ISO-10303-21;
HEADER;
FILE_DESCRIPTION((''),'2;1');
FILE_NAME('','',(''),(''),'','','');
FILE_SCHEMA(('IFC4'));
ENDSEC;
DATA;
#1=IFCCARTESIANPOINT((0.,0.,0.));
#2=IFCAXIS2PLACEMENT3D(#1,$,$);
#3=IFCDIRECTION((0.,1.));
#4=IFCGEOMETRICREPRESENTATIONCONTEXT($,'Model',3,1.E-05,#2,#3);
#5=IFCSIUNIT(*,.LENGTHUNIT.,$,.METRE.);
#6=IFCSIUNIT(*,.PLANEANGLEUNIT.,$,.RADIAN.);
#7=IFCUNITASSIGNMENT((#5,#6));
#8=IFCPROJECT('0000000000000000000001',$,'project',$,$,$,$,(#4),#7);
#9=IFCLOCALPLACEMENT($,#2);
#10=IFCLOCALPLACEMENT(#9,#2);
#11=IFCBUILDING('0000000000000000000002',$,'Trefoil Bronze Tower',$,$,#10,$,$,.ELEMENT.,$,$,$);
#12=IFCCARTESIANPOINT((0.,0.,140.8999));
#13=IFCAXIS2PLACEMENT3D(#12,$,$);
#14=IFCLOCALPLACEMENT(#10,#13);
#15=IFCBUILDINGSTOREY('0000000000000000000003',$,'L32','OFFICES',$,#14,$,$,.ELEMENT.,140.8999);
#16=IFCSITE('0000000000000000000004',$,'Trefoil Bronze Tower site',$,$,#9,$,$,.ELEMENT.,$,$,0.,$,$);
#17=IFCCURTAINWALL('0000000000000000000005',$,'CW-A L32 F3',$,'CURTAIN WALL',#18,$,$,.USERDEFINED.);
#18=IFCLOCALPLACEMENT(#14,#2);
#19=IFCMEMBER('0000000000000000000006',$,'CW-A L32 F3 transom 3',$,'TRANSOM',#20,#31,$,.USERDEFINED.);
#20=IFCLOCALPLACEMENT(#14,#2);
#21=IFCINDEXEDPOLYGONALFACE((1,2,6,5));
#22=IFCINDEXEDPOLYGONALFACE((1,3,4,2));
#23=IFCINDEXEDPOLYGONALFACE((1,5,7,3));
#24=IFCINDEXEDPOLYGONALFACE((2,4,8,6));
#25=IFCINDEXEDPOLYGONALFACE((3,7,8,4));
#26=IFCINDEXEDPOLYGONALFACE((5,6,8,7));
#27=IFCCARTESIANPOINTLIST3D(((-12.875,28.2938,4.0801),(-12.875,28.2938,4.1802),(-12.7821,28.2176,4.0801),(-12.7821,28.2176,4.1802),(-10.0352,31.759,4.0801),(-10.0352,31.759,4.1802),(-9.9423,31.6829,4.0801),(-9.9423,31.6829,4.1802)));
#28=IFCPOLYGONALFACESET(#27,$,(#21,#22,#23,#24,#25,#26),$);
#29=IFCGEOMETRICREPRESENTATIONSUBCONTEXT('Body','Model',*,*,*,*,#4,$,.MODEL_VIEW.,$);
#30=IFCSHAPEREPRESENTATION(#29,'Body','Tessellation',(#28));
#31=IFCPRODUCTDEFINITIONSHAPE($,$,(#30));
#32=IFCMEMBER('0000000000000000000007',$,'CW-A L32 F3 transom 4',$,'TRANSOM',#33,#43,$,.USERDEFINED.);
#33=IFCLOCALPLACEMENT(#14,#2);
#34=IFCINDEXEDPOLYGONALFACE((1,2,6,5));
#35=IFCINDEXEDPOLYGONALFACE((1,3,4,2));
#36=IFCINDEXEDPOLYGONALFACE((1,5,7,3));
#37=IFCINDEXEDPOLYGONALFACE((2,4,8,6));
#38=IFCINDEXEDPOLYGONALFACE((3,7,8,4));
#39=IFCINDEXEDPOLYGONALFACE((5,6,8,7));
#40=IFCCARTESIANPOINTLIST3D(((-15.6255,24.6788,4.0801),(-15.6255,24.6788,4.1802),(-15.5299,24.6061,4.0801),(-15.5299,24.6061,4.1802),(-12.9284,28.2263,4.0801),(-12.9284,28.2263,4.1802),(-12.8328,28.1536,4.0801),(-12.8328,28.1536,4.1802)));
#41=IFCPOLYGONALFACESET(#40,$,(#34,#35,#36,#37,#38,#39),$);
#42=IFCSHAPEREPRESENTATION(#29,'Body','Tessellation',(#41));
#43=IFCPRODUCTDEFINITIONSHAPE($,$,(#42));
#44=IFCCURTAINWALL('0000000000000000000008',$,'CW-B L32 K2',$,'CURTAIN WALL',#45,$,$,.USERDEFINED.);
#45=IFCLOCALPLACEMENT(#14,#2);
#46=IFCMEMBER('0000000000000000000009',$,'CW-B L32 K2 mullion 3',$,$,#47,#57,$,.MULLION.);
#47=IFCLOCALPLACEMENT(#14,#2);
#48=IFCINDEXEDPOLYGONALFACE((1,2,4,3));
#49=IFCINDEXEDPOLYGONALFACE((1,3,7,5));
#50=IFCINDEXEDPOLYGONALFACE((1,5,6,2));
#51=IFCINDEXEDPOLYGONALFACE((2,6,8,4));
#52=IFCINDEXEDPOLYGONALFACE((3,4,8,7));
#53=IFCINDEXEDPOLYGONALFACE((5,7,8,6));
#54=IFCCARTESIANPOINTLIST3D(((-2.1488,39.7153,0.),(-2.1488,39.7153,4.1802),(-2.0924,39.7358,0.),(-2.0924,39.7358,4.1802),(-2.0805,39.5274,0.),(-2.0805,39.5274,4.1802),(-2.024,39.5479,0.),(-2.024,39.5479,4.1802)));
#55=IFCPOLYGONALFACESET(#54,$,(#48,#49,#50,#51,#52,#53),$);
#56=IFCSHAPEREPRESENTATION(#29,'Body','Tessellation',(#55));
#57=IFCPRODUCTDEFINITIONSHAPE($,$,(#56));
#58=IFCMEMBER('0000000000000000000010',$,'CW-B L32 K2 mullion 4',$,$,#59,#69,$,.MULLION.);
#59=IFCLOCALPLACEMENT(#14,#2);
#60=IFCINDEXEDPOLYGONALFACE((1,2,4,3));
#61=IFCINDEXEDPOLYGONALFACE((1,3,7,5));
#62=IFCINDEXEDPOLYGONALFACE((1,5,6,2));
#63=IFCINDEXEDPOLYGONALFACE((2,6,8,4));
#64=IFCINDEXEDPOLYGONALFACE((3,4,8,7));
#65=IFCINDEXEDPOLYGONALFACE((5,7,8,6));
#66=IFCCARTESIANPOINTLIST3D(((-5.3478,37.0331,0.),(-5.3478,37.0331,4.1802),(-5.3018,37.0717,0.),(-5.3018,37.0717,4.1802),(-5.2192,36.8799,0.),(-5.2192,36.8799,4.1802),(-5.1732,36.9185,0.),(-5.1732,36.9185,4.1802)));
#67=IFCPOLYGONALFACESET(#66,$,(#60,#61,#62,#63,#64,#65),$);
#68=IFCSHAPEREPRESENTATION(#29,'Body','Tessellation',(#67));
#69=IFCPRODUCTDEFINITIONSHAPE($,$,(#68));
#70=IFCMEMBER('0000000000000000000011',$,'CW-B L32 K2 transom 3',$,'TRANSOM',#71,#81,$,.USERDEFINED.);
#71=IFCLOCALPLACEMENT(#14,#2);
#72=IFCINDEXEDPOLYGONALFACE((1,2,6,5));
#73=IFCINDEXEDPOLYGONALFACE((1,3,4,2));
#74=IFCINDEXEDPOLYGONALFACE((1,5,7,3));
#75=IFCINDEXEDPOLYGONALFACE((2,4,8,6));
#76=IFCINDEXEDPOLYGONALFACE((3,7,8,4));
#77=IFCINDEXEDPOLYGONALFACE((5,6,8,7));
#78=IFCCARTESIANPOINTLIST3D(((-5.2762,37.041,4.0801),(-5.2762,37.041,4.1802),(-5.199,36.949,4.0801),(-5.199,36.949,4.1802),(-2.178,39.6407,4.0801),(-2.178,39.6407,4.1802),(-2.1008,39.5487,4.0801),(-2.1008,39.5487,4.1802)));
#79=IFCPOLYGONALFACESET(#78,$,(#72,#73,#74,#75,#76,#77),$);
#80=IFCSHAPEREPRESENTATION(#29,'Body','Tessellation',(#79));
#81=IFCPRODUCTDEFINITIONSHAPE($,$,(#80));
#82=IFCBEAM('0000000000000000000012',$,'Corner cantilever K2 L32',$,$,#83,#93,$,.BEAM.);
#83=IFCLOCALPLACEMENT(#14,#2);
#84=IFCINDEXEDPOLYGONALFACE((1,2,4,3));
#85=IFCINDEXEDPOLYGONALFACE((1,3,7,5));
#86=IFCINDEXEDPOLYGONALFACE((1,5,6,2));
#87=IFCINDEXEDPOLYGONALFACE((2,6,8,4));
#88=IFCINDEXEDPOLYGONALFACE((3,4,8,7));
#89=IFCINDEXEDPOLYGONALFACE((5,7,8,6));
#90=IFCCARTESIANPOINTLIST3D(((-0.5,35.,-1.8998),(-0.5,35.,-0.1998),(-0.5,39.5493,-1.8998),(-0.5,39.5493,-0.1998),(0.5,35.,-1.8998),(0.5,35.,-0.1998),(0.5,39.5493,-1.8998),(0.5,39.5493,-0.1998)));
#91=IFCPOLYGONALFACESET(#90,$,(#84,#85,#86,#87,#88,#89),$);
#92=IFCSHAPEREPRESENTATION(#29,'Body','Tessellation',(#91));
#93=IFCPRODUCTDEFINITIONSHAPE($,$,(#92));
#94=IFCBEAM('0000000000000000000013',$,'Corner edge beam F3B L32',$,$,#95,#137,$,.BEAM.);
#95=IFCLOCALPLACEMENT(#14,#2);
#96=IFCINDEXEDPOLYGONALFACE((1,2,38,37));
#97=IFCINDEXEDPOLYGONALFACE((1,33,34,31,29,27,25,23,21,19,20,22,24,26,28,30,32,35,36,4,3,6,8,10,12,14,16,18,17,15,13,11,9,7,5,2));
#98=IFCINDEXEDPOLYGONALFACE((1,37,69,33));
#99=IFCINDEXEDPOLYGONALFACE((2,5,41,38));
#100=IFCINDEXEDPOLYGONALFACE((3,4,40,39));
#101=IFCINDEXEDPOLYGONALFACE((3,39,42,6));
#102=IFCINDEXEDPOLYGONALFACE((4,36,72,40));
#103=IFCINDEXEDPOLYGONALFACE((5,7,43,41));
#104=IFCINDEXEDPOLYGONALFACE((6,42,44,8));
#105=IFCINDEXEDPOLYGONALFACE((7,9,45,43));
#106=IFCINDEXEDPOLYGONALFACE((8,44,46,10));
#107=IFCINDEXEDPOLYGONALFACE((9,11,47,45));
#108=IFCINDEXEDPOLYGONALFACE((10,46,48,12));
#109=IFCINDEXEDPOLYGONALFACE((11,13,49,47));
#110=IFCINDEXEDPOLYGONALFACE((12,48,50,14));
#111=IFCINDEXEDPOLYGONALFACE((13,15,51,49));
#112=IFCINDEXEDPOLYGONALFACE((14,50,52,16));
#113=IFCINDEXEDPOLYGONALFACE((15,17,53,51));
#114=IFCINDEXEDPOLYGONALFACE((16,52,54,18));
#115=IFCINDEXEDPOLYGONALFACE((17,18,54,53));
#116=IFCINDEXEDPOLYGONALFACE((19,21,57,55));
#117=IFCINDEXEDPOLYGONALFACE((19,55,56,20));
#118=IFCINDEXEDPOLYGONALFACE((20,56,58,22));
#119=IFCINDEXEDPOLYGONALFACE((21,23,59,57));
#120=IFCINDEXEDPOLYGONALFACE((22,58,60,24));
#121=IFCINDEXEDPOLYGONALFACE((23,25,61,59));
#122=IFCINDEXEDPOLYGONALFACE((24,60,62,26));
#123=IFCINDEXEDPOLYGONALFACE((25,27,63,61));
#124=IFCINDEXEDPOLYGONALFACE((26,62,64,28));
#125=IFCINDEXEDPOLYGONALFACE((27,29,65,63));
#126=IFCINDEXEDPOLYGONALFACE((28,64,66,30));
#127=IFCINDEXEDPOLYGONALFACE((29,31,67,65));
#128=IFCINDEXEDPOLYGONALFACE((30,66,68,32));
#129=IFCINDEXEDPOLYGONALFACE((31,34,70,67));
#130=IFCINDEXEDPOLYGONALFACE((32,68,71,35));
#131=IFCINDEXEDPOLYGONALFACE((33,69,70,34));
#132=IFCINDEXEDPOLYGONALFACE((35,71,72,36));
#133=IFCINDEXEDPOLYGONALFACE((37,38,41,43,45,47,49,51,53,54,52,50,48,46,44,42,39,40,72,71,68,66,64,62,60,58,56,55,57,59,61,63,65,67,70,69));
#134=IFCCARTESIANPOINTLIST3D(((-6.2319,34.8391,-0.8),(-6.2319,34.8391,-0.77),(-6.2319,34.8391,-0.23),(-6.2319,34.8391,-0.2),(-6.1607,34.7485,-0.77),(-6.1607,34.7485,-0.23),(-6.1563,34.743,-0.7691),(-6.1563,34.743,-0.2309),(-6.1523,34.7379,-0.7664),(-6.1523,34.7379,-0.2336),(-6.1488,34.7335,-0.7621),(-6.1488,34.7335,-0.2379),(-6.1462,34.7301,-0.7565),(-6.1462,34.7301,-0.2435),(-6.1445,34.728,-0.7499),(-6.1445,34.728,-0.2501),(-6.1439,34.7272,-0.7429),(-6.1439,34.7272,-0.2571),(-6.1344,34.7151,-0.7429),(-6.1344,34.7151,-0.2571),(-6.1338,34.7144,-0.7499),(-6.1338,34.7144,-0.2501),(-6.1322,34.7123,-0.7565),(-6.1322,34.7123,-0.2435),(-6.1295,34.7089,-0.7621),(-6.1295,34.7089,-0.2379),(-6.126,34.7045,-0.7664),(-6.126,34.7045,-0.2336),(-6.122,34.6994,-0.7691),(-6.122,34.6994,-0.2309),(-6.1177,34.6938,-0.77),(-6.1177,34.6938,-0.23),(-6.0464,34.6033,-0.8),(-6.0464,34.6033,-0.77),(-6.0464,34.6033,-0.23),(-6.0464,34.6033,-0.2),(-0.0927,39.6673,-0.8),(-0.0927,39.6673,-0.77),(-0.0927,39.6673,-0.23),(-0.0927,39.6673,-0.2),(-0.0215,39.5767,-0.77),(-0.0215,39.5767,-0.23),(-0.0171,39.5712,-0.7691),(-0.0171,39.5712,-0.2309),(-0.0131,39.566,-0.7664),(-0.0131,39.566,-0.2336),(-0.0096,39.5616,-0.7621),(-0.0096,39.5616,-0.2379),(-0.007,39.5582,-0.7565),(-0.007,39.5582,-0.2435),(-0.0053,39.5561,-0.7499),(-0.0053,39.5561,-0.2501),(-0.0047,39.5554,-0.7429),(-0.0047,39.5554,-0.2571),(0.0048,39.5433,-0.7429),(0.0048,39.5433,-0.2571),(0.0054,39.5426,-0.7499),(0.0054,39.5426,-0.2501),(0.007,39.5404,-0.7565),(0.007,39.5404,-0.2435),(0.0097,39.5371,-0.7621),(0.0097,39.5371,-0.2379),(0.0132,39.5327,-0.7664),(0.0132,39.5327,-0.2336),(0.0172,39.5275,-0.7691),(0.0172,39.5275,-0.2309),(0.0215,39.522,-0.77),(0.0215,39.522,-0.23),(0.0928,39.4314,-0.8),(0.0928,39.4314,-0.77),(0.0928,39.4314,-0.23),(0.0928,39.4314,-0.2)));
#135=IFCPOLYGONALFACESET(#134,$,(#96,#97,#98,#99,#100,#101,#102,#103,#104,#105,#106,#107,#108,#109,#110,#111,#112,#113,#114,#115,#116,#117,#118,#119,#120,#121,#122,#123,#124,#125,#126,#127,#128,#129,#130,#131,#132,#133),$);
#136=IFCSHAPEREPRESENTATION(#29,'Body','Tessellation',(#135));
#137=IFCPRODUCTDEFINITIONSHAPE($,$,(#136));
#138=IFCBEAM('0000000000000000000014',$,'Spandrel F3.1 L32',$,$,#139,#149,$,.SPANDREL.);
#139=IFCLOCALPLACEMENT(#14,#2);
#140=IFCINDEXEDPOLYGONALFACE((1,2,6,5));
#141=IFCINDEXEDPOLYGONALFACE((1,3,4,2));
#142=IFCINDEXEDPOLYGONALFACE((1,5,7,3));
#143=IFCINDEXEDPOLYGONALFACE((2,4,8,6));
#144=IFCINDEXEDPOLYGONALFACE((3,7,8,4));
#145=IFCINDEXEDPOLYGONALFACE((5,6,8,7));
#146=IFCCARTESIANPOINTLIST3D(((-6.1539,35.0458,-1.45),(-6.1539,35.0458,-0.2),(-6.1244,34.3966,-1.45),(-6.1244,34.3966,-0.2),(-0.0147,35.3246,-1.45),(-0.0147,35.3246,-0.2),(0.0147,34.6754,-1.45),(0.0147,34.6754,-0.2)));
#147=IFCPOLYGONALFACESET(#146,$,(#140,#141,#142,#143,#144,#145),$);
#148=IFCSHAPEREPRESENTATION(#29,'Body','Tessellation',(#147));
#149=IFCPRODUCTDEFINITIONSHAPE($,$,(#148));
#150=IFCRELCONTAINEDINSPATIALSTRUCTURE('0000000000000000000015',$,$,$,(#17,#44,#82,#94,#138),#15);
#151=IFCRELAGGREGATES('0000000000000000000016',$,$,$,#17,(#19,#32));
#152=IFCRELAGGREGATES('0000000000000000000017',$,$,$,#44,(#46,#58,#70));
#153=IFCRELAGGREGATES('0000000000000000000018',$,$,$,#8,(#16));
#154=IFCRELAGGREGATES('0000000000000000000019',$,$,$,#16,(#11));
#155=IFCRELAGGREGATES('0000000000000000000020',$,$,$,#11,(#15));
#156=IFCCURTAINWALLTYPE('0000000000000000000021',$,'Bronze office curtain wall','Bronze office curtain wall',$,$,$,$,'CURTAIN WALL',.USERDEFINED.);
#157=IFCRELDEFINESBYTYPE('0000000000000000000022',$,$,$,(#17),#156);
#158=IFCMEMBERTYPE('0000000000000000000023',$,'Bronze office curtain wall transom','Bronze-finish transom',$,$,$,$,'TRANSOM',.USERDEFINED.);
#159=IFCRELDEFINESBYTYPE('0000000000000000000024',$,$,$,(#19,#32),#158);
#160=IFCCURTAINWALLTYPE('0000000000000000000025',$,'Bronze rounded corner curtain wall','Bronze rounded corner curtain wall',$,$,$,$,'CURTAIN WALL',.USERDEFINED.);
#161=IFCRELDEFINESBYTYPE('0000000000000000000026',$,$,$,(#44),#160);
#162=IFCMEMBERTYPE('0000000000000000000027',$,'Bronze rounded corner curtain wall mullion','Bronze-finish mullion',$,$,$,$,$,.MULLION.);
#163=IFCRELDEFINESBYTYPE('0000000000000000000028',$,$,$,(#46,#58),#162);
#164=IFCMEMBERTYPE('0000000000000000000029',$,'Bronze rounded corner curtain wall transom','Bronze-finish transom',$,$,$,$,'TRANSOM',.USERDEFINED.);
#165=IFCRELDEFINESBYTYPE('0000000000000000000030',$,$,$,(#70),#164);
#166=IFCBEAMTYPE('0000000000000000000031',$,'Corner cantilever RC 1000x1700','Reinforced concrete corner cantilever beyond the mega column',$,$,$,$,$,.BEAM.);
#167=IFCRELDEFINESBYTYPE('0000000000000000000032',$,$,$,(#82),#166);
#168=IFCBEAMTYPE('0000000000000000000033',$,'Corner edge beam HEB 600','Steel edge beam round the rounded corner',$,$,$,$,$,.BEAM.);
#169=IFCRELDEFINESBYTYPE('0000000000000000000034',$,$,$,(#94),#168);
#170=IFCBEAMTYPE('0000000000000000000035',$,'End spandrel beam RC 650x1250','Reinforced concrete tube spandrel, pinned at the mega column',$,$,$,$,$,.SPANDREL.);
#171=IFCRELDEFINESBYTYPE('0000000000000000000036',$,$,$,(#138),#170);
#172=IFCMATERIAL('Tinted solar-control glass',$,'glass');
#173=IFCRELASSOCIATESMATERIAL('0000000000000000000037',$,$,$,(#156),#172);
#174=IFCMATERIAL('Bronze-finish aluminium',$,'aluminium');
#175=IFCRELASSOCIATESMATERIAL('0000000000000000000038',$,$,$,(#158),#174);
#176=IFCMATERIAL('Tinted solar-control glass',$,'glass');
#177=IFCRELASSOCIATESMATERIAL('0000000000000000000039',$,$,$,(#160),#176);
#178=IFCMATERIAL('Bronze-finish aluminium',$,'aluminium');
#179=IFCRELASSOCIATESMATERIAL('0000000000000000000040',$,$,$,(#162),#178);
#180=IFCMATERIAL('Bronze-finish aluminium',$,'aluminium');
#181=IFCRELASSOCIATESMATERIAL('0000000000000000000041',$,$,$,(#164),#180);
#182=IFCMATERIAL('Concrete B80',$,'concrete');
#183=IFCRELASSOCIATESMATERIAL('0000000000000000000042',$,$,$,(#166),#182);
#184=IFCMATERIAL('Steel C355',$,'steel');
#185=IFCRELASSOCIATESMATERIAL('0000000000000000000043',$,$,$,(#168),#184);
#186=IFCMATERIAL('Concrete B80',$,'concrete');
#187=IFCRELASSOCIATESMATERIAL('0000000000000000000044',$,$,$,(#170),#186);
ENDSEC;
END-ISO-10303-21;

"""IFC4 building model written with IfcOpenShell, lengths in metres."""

from ifc_helpers import new_model, si_unit, direction, frame, origin, origin_2d, place, context, subcontext, project, spatial, rectangle, i_section, extrude, material, material_profile, profile_set, type_object, element, aggregate, save


model = new_model("IFC4")

# Units and contexts
model_context = context("Model", 3, precision=1e-05, world=origin(), true_north=direction((0.0, 1.0)))
body_context = subcontext(model_context, "Body", "Model", "MODEL_VIEW")
ifc_project = project(units=[si_unit("LENGTHUNIT", "METRE"), si_unit("PLANEANGLEUNIT", "RADIAN")], contexts=[model_context])

# Site, building, storey
site_placement = place(None, origin())
site = spatial("IfcSite", under=ifc_project, at=site_placement, Name="Trefoil Bronze Tower site", CompositionType="ELEMENT", RefElevation=0.0)
building_placement = place(site_placement, origin())
building = spatial("IfcBuilding", under=site, at=building_placement, Name="Trefoil Bronze Tower", CompositionType="ELEMENT")
storey_placement = place(building_placement, frame((0.0, 0.0, 140.8999)))
storey = spatial("IfcBuildingStorey", under=building, at=storey_placement, Name="L32", Description="OFFICES", CompositionType="ELEMENT", Elevation=140.8999)

# Curtain walls, members
ifc_material_1 = material(Name="Tinted solar-control glass", Category="glass")
curtain_wall_type_1 = type_object("IfcCurtainWallType", Name="Bronze office curtain wall", Description="Bronze office curtain wall", ElementType="CURTAIN WALL", PredefinedType="USERDEFINED", material=ifc_material_1)
curtain_wall_1_placement = place(storey_placement, origin())
curtain_wall_1 = element("IfcCurtainWall", 1, at=curtain_wall_1_placement, inside=storey, type_object=curtain_wall_type_1, Name="CW-A L32 F3", ObjectType="CURTAIN WALL", PredefinedType="USERDEFINED")
ifc_material_2 = material(Name="Bronze-finish aluminium", Category="aluminium")
ifc_material_profile_1 = material_profile(ifc_material_2, rectangle(XDim=0.1201, YDim=0.1001, at=origin_2d()), Name="CW-A transom")
ifc_profile_set_1 = profile_set([ifc_material_profile_1], Name="Bronze-finish aluminium")
member_type_1 = type_object("IfcMemberType", Name="Bronze office curtain wall transom", Description="Bronze-finish transom", ElementType="TRANSOM", PredefinedType="USERDEFINED", material=ifc_profile_set_1)
member_1_placement = place(storey_placement, frame((-9.9888, 31.7209, 4.1301), z_axis=(-0.633849, -0.773457, 0.0), x_axis=(0.773457, -0.633849, 0.0)))
member_1 = element("IfcMember", 2, at=member_1_placement, type_object=member_type_1, Name="CW-A L32 F3 transom 3", ObjectType="TRANSOM", PredefinedType="USERDEFINED", context=body_context, shape_type="SweptSolid", body=[
    extrude(rectangle(XDim=0.1201, YDim=0.1001, at=origin_2d()), origin(), (0.0, 0.0, 1.0), 4.4802),
])
member_2_placement = place(storey_placement, frame((-12.8806, 28.1899, 4.1301), z_axis=(-0.605229, -0.796051, 0.0), x_axis=(0.796051, -0.605229, 0.0)))
member_2 = element("IfcMember", 3, at=member_2_placement, type_object=member_type_1, Name="CW-A L32 F3 transom 4", ObjectType="TRANSOM", PredefinedType="USERDEFINED", context=body_context, shape_type="SweptSolid", body=[
    extrude(rectangle(XDim=0.1201, YDim=0.1001, at=origin_2d()), origin(), (0.0, 0.0, 1.0), 4.4563),
])
ifc_material_3 = material(Name="Tinted solar-control glass", Category="glass")
curtain_wall_type_2 = type_object("IfcCurtainWallType", Name="Bronze rounded corner curtain wall", Description="Bronze rounded corner curtain wall", ElementType="CURTAIN WALL", PredefinedType="USERDEFINED", material=ifc_material_3)
curtain_wall_2_placement = place(storey_placement, origin())
curtain_wall_2 = element("IfcCurtainWall", 4, at=curtain_wall_2_placement, inside=storey, type_object=curtain_wall_type_2, Name="CW-B L32 K2", ObjectType="CURTAIN WALL", PredefinedType="USERDEFINED")
ifc_material_4 = material(Name="Bronze-finish aluminium", Category="aluminium")
ifc_material_profile_2 = material_profile(ifc_material_4, rectangle(XDim=0.2, YDim=0.0601, at=origin_2d()), Name="CW-B mullion")
ifc_profile_set_2 = profile_set([ifc_material_profile_2], Name="Bronze-finish aluminium")
member_type_2 = type_object("IfcMemberType", Name="Bronze rounded corner curtain wall mullion", Description="Bronze-finish mullion", PredefinedType="MULLION", material=ifc_profile_set_2)
member_3_placement = place(storey_placement, frame((-2.0864, 39.6316, 0.0), z_axis=(0.0, 0.0, 1.0), x_axis=(0.34202, -0.939693, 0.0)))
member_3 = element("IfcMember", 5, at=member_3_placement, type_object=member_type_2, Name="CW-B L32 K2 mullion 3", PredefinedType="MULLION", context=body_context, shape_type="SweptSolid", body=[
    extrude(rectangle(XDim=0.2, YDim=0.0601, at=origin_2d()), origin(), (0.0, 0.0, 1.0), 4.1802),
])
member_4_placement = place(storey_placement, frame((-5.2605, 36.9758, 0.0), z_axis=(0.0, 0.0, 1.0), x_axis=(0.642788, -0.766044, 0.0)))
member_4 = element("IfcMember", 6, at=member_4_placement, type_object=member_type_2, Name="CW-B L32 K2 mullion 4", PredefinedType="MULLION", context=body_context, shape_type="SweptSolid", body=[
    extrude(rectangle(XDim=0.2, YDim=0.0601, at=origin_2d()), origin(), (0.0, 0.0, 1.0), 4.1802),
])
ifc_material_5 = material(Name="Bronze-finish aluminium", Category="aluminium")
ifc_material_profile_3 = material_profile(ifc_material_5, rectangle(XDim=0.1201, YDim=0.1001, at=origin_2d()), Name="CW-B transom")
ifc_profile_set_3 = profile_set([ifc_material_profile_3], Name="Bronze-finish aluminium")
member_type_3 = type_object("IfcMemberType", Name="Bronze rounded corner curtain wall transom", Description="Bronze-finish transom", ElementType="TRANSOM", PredefinedType="USERDEFINED", material=ifc_profile_set_3)
member_5_placement = place(storey_placement, frame((-2.1394, 39.5947, 4.1301), z_axis=(-0.76605, -0.642781, 0.0), x_axis=(0.642781, -0.76605, 0.0)))
member_5 = element("IfcMember", 7, at=member_5_placement, type_object=member_type_3, Name="CW-B L32 K2 transom 3", ObjectType="TRANSOM", PredefinedType="USERDEFINED", context=body_context, shape_type="SweptSolid", body=[
    extrude(rectangle(XDim=0.1201, YDim=0.1001, at=origin_2d()), origin(), (0.0, 0.0, 1.0), 4.0444),
])

# Beams
ifc_material_6 = material(Name="Concrete B80", Category="concrete")
ifc_material_profile_4 = material_profile(ifc_material_6, rectangle(XDim=1.0, YDim=1.7, at=origin_2d()), Name="RC 1000x1700")
ifc_profile_set_4 = profile_set([ifc_material_profile_4], Name="Concrete B80")
beam_type_1 = type_object("IfcBeamType", Name="Corner cantilever RC 1000x1700", Description="Reinforced concrete corner cantilever beyond the mega column", PredefinedType="BEAM", material=ifc_profile_set_4)
beam_1_placement = place(storey_placement, frame((0.0, 35.0, -1.0498), z_axis=(0.0, 1.0, 0.0), x_axis=(-1.0, 0.0, 0.0)))
element("IfcBeam", 8, at=beam_1_placement, inside=storey, type_object=beam_type_1, Name="Corner cantilever K2 L32", PredefinedType="BEAM", context=body_context, shape_type="SweptSolid", body=[
    extrude(rectangle(XDim=1.0, YDim=1.7, at=origin_2d()), origin(), (0.0, 0.0, 1.0), 4.5493),
])
ifc_material_7 = material(Name="Steel C355", Category="steel")
ifc_material_profile_5 = material_profile(ifc_material_7, i_section(OverallWidth=0.3, OverallDepth=0.6001, WebThickness=0.0154, FlangeThickness=0.03, FilletRadius=0.0271, at=origin_2d()), Name="HEB 600")
ifc_profile_set_5 = profile_set([ifc_material_profile_5], Name="Steel C355")
beam_type_2 = type_object("IfcBeamType", Name="Corner edge beam HEB 600", Description="Steel edge beam round the rounded corner", PredefinedType="BEAM", material=ifc_profile_set_5)
beam_2_placement = place(storey_placement, frame((-6.1392, 34.7212, -0.5), z_axis=(0.786038, 0.618178, 0.0), x_axis=(-0.618178, 0.786038, 0.0)))
element("IfcBeam", 9, at=beam_2_placement, inside=storey, type_object=beam_type_2, Name="Corner edge beam F3B L32", PredefinedType="BEAM", context=body_context, shape_type="SweptSolid", body=[
    extrude(i_section(OverallWidth=0.3, OverallDepth=0.6001, WebThickness=0.0154, FlangeThickness=0.03, FilletRadius=0.0271, at=origin_2d()), origin(), (0.0, 0.0, 1.0), 7.8103),
])
ifc_material_8 = material(Name="Concrete B80", Category="concrete")
ifc_material_profile_6 = material_profile(ifc_material_8, rectangle(XDim=0.6499, YDim=1.25, at=origin_2d()), Name="RC 650x1250")
ifc_profile_set_6 = profile_set([ifc_material_profile_6], Name="Concrete B80")
beam_type_3 = type_object("IfcBeamType", Name="End spandrel beam RC 650x1250", Description="Reinforced concrete tube spandrel, pinned at the mega column", PredefinedType="SPANDREL", material=ifc_profile_set_6)
beam_3_placement = place(storey_placement, frame((0.0, 35.0, -0.825), z_axis=(-0.99897, -0.045368, 0.0), x_axis=(0.045368, -0.99897, 0.0)))
element("IfcBeam", 10, at=beam_3_placement, inside=storey, type_object=beam_type_3, Name="Spandrel F3.1 L32", PredefinedType="SPANDREL", context=body_context, shape_type="SweptSolid", body=[
    extrude(rectangle(XDim=0.6499, YDim=1.25, at=origin_2d()), origin(), (0.0, 0.0, 1.0), 6.1455),
])

aggregate(curtain_wall_1, [member_1, member_2])
aggregate(curtain_wall_2, [member_3, member_4, member_5])

save(model, "model.ifc")
